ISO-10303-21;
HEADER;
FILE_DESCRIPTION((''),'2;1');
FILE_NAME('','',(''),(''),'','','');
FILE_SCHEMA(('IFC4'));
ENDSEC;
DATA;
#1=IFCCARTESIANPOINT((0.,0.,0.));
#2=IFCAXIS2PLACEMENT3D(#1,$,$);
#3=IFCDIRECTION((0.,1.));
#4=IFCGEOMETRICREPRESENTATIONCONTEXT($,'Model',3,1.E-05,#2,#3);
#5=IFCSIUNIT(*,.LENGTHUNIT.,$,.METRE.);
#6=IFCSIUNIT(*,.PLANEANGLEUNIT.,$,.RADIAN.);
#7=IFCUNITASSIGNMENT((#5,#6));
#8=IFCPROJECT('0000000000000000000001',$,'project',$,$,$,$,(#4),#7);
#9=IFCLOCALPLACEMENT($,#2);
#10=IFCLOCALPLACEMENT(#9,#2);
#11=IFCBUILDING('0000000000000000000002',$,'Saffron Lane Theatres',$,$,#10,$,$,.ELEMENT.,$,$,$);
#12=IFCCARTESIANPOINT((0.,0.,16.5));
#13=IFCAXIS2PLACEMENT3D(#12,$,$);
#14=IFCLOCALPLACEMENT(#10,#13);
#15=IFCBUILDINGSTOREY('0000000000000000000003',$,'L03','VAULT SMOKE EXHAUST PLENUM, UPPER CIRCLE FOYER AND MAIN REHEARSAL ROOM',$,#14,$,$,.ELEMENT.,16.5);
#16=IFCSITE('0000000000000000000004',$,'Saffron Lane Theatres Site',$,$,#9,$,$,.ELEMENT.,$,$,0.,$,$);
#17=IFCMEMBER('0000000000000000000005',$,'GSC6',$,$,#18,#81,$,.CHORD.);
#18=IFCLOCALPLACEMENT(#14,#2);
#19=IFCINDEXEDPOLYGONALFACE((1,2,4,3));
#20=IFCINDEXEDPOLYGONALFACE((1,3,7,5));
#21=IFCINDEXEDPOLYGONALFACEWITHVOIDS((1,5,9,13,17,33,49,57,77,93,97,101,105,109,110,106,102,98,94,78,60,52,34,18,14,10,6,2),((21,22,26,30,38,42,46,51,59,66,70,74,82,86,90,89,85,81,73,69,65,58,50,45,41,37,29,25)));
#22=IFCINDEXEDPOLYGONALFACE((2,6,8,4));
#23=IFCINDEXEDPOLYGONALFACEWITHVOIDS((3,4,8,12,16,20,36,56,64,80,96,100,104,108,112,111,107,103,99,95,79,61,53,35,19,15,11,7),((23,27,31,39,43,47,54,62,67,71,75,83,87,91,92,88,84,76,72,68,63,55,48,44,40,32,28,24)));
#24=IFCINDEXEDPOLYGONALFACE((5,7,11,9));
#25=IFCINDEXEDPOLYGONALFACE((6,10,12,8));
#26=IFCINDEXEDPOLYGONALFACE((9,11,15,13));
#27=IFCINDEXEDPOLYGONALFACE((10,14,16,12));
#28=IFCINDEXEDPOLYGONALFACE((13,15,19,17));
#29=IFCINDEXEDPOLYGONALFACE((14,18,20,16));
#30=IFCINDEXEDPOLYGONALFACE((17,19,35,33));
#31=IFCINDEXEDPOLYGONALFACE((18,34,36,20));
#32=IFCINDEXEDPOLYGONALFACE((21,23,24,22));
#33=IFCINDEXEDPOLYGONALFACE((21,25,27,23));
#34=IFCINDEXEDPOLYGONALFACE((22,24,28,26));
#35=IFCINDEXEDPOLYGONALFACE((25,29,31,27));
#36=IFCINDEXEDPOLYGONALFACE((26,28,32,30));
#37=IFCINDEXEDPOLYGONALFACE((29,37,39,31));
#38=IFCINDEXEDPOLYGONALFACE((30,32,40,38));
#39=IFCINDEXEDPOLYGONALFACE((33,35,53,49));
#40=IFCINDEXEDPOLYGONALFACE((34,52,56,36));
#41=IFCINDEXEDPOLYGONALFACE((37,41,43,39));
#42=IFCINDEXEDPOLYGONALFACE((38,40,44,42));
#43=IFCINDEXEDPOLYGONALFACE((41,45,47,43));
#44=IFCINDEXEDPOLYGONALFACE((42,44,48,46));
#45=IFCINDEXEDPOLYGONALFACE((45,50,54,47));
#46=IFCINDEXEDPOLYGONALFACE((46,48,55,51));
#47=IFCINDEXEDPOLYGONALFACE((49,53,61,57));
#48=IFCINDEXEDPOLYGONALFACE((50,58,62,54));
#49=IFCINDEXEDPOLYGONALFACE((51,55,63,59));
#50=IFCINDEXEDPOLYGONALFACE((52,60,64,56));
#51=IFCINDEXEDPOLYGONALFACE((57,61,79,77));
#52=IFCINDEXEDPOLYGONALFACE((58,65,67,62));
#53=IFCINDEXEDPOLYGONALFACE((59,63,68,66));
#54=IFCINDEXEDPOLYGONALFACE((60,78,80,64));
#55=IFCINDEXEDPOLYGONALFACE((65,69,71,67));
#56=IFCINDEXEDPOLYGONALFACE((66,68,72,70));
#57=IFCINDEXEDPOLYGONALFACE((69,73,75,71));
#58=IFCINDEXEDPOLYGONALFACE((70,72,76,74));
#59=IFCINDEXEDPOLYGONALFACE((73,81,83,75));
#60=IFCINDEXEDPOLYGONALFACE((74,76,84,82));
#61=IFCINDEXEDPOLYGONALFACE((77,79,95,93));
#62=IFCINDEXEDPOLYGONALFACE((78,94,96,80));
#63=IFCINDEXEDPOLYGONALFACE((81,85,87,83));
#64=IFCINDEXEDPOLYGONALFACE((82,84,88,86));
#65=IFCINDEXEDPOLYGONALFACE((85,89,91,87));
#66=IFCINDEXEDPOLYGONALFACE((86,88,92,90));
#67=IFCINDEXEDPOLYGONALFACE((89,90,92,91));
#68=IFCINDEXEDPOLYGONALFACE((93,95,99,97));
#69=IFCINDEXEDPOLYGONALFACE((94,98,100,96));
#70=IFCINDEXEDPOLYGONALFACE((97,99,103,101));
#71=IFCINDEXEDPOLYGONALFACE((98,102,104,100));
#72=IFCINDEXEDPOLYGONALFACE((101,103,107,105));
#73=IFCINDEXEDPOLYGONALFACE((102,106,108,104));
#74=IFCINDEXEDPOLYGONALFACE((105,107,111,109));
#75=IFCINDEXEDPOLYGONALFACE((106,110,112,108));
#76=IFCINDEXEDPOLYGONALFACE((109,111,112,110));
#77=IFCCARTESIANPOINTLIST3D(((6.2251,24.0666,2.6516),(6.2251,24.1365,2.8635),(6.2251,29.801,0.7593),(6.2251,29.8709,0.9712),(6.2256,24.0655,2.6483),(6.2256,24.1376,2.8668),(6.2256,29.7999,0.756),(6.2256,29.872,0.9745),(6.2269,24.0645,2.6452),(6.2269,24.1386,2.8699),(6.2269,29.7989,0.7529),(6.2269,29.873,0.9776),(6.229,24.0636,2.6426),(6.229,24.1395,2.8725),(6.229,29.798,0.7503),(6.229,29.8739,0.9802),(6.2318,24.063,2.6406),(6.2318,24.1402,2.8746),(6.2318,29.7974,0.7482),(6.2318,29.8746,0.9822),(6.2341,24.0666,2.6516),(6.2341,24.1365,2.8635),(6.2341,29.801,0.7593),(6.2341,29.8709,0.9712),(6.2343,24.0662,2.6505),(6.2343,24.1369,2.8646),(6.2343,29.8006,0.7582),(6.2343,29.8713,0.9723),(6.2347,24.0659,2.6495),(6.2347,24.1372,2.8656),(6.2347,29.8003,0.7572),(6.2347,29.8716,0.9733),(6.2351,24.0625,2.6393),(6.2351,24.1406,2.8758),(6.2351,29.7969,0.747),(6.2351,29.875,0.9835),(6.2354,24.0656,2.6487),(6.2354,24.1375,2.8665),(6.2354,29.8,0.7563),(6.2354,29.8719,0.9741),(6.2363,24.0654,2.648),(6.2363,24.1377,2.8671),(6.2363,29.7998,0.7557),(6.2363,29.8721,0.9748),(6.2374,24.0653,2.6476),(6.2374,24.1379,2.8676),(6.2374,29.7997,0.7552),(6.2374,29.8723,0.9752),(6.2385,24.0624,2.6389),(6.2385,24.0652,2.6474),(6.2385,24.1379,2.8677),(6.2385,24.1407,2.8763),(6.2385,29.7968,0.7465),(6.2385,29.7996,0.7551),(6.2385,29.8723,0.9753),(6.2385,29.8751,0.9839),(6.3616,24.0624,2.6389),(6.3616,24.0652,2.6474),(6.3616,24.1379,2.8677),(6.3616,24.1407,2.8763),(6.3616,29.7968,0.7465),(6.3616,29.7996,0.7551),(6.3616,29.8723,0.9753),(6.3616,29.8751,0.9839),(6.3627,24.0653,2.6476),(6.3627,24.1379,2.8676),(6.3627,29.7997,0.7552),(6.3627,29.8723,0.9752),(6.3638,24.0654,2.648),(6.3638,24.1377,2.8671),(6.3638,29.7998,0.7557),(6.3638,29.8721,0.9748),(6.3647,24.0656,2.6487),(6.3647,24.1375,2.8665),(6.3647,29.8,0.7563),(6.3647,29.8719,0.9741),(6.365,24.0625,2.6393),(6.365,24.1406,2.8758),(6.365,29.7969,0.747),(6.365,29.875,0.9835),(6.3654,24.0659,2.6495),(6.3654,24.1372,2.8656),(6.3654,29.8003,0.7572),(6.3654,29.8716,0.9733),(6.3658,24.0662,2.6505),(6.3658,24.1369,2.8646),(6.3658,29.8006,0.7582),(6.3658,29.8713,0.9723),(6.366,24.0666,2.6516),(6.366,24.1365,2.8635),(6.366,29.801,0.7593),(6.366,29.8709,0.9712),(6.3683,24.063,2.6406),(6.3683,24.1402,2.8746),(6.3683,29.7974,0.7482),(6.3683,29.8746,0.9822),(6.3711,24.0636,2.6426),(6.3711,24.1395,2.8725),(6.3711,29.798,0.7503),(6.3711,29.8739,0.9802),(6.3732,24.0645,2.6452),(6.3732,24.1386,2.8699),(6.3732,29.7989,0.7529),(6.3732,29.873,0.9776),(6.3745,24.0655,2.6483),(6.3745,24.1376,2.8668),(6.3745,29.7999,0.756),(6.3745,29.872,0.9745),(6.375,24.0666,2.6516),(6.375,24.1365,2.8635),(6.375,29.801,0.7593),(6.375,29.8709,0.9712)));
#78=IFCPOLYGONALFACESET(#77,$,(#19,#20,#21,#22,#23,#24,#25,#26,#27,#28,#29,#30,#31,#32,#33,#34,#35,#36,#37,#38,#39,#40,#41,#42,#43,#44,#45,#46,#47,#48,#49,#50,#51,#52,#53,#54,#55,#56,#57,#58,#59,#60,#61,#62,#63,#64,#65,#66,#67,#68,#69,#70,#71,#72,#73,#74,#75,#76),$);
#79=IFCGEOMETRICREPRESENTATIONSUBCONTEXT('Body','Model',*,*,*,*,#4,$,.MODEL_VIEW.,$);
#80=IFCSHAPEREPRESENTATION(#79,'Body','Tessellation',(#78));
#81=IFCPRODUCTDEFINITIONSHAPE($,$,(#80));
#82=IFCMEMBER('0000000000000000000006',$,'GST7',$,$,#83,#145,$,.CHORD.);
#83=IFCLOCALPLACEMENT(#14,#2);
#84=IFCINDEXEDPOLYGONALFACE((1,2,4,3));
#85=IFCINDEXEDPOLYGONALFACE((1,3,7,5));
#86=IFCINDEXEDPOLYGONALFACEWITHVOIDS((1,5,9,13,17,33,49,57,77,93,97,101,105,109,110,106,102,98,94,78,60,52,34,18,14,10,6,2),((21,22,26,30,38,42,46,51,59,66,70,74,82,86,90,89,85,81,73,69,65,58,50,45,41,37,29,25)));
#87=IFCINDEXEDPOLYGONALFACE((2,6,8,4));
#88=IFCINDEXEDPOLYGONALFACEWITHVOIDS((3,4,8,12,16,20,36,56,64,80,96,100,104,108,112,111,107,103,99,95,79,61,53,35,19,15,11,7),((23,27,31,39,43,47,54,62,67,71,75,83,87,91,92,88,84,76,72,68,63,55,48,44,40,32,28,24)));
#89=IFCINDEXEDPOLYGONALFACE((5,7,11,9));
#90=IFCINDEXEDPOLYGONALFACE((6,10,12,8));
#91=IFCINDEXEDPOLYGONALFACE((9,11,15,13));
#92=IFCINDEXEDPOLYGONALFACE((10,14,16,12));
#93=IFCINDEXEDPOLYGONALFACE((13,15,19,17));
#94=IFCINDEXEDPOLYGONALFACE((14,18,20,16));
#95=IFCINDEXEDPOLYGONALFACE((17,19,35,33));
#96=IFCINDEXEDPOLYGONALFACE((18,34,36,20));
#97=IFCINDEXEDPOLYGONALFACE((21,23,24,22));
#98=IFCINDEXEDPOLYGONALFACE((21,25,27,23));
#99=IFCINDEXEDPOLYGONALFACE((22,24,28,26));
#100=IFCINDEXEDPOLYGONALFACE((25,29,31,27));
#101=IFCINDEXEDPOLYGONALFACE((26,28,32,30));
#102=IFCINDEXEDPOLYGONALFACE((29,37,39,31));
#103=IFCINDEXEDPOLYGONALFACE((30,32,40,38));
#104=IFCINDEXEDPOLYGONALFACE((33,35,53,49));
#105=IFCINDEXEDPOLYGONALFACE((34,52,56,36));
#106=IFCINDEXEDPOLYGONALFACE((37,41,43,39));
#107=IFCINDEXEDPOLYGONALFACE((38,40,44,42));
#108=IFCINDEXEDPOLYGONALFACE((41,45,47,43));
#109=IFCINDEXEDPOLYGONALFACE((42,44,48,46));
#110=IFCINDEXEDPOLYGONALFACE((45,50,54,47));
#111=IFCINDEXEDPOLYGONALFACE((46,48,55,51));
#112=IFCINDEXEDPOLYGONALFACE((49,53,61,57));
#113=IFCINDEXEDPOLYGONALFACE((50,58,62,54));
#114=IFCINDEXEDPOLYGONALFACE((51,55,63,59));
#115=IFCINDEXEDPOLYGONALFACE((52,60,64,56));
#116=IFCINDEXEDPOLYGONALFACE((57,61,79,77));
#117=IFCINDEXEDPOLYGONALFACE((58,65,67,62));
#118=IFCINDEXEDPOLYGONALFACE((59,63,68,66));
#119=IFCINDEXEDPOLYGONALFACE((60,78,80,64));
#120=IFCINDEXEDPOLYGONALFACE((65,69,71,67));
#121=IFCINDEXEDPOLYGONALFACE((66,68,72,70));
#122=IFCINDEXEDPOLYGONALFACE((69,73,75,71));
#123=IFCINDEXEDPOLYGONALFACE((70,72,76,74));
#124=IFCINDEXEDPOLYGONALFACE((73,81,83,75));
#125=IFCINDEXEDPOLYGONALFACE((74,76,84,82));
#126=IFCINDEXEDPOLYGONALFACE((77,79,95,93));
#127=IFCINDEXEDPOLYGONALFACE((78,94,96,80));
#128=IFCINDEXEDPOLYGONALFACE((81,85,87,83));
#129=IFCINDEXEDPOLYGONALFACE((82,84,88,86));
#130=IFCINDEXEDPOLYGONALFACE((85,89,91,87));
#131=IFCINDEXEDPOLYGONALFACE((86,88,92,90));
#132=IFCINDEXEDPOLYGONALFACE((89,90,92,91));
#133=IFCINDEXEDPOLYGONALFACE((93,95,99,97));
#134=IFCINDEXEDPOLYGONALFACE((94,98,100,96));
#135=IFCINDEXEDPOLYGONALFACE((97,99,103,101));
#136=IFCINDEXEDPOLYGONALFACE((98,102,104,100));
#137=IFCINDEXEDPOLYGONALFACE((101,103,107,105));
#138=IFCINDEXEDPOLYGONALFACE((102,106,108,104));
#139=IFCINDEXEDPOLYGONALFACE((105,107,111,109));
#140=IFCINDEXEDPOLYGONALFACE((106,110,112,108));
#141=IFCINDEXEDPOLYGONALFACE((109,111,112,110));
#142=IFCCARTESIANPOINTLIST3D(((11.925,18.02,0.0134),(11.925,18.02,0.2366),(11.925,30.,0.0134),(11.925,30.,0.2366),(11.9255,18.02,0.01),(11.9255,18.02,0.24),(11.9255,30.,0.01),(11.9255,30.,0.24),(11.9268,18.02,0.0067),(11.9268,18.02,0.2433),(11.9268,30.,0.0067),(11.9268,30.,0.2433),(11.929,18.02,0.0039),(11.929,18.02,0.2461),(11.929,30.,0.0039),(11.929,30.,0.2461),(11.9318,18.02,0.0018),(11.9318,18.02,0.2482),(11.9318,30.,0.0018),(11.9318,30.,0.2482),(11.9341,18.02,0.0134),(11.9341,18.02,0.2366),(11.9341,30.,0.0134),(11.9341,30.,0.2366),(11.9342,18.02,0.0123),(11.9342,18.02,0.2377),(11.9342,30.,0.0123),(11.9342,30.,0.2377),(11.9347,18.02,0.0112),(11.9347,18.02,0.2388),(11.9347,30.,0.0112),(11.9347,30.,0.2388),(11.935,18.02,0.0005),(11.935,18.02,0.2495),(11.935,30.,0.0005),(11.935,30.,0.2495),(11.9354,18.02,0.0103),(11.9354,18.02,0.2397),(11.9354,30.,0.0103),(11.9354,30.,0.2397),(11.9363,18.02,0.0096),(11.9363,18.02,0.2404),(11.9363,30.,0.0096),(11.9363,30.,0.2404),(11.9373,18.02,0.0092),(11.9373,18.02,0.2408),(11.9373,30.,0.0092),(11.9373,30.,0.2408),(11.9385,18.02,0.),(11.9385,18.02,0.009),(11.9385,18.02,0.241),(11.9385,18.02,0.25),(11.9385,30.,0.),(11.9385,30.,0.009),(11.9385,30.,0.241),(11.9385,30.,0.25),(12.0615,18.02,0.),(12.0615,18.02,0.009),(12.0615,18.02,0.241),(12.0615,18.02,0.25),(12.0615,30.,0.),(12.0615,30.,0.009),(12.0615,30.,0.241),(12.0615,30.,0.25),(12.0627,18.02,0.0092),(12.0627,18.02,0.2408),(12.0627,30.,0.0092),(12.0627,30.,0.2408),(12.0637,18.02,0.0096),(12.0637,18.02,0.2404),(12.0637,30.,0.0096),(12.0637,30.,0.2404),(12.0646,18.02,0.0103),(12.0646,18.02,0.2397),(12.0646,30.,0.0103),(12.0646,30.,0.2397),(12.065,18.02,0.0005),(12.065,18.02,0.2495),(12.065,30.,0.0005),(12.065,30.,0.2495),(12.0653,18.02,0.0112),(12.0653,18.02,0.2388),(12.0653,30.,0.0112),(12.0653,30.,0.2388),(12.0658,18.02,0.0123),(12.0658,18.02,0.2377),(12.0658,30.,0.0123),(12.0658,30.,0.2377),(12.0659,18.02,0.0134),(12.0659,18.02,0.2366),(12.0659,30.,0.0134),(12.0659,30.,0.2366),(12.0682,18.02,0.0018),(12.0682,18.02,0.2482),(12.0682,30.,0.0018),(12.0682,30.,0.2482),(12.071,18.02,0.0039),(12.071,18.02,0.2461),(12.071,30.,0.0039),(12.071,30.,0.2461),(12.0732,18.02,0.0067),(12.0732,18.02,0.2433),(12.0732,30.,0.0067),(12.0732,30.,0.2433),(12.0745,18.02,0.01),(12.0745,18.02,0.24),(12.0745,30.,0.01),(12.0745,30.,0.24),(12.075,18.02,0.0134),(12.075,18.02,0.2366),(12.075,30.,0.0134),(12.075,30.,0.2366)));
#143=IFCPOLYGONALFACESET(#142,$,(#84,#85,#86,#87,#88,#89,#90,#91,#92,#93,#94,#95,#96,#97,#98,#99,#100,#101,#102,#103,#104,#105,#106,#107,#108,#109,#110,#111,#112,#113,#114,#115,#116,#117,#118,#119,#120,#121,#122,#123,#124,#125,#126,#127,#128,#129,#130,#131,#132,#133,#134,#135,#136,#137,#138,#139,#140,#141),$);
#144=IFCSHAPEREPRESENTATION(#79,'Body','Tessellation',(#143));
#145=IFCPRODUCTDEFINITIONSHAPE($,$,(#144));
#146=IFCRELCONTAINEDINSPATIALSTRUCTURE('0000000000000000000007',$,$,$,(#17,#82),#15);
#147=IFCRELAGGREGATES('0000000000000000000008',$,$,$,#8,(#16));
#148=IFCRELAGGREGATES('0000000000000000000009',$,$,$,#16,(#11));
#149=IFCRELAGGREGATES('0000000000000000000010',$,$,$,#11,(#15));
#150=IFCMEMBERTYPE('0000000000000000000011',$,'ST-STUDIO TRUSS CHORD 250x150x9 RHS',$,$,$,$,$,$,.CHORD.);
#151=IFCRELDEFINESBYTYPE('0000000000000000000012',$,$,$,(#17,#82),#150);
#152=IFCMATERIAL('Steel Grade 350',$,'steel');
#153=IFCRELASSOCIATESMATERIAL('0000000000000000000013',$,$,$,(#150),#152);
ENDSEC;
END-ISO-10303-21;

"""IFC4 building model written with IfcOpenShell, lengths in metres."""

from ifc_helpers import new_model, si_unit, direction, frame, origin, origin_2d, place, context, subcontext, project, spatial, hollow_rectangle, extrude, material, material_profile, profile_set, type_object, element, save


model = new_model("IFC4")

# Units and contexts
model_context = context("Model", 3, precision=1e-05, world=origin(), true_north=direction((0.0, 1.0)))
body_context = subcontext(model_context, "Body", "Model", "MODEL_VIEW")
ifc_project = project(units=[si_unit("LENGTHUNIT", "METRE"), si_unit("PLANEANGLEUNIT", "RADIAN")], contexts=[model_context])

# Site, building, storey
site_placement = place(None, origin())
site = spatial("IfcSite", under=ifc_project, at=site_placement, Name="Saffron Lane Theatres Site", CompositionType="ELEMENT", RefElevation=0.0)
building_placement = place(site_placement, origin())
building = spatial("IfcBuilding", under=site, at=building_placement, Name="Saffron Lane Theatres", CompositionType="ELEMENT")
storey_placement = place(building_placement, frame((0.0, 0.0, 16.5)))
storey = spatial("IfcBuildingStorey", under=building, at=storey_placement, Name="L03", Description="VAULT SMOKE EXHAUST PLENUM, UPPER CIRCLE FOYER AND MAIN REHEARSAL ROOM", CompositionType="ELEMENT", Elevation=16.5)

# Members
ifc_material_1 = material(Name="Steel Grade 350", Category="steel")
ifc_material_profile_1 = material_profile(ifc_material_1, hollow_rectangle(XDim=0.1499, YDim=0.25, WallThickness=0.009, InnerFilletRadius=0.0044, OuterFilletRadius=0.0134, at=origin_2d()))
ifc_profile_set_1 = profile_set([ifc_material_profile_1], Name="Steel Grade 350")
member_type_1 = type_object("IfcMemberType", Name="ST-STUDIO TRUSS CHORD 250x150x9 RHS", PredefinedType="CHORD", material=ifc_profile_set_1)
for number, where, z_axis, x_axis, name in (
    (1, (6.3, 24.1016, 2.7576), (0.0, 0.949629, -0.313376), (-1.0, 0.0, 0.0), "GSC6"),
):
    element("IfcMember", number, at=place(storey_placement, frame(where, z_axis=z_axis, x_axis=x_axis)), inside=storey, type_object=member_type_1, Name=name, PredefinedType="CHORD", context=body_context, shape_type="SweptSolid", body=[
        extrude(hollow_rectangle(XDim=0.1499, YDim=0.25, WallThickness=0.009, InnerFilletRadius=0.0044, OuterFilletRadius=0.0134, at=origin_2d()), origin(), (0.0, 0.0, 1.0), 6.0386),
    ])
member_1_placement = place(storey_placement, frame((12.0, 18.02, 0.125), z_axis=(0.0, 1.0, 0.0), x_axis=(-1.0, 0.0, 0.0)))
element("IfcMember", 2, at=member_1_placement, inside=storey, type_object=member_type_1, Name="GST7", PredefinedType="CHORD", context=body_context, shape_type="SweptSolid", body=[
    extrude(hollow_rectangle(XDim=0.1499, YDim=0.25, WallThickness=0.009, InnerFilletRadius=0.0044, OuterFilletRadius=0.0134, at=origin_2d()), origin(), (0.0, 0.0, 1.0), 11.98),
])

save(model, "model.ifc")
